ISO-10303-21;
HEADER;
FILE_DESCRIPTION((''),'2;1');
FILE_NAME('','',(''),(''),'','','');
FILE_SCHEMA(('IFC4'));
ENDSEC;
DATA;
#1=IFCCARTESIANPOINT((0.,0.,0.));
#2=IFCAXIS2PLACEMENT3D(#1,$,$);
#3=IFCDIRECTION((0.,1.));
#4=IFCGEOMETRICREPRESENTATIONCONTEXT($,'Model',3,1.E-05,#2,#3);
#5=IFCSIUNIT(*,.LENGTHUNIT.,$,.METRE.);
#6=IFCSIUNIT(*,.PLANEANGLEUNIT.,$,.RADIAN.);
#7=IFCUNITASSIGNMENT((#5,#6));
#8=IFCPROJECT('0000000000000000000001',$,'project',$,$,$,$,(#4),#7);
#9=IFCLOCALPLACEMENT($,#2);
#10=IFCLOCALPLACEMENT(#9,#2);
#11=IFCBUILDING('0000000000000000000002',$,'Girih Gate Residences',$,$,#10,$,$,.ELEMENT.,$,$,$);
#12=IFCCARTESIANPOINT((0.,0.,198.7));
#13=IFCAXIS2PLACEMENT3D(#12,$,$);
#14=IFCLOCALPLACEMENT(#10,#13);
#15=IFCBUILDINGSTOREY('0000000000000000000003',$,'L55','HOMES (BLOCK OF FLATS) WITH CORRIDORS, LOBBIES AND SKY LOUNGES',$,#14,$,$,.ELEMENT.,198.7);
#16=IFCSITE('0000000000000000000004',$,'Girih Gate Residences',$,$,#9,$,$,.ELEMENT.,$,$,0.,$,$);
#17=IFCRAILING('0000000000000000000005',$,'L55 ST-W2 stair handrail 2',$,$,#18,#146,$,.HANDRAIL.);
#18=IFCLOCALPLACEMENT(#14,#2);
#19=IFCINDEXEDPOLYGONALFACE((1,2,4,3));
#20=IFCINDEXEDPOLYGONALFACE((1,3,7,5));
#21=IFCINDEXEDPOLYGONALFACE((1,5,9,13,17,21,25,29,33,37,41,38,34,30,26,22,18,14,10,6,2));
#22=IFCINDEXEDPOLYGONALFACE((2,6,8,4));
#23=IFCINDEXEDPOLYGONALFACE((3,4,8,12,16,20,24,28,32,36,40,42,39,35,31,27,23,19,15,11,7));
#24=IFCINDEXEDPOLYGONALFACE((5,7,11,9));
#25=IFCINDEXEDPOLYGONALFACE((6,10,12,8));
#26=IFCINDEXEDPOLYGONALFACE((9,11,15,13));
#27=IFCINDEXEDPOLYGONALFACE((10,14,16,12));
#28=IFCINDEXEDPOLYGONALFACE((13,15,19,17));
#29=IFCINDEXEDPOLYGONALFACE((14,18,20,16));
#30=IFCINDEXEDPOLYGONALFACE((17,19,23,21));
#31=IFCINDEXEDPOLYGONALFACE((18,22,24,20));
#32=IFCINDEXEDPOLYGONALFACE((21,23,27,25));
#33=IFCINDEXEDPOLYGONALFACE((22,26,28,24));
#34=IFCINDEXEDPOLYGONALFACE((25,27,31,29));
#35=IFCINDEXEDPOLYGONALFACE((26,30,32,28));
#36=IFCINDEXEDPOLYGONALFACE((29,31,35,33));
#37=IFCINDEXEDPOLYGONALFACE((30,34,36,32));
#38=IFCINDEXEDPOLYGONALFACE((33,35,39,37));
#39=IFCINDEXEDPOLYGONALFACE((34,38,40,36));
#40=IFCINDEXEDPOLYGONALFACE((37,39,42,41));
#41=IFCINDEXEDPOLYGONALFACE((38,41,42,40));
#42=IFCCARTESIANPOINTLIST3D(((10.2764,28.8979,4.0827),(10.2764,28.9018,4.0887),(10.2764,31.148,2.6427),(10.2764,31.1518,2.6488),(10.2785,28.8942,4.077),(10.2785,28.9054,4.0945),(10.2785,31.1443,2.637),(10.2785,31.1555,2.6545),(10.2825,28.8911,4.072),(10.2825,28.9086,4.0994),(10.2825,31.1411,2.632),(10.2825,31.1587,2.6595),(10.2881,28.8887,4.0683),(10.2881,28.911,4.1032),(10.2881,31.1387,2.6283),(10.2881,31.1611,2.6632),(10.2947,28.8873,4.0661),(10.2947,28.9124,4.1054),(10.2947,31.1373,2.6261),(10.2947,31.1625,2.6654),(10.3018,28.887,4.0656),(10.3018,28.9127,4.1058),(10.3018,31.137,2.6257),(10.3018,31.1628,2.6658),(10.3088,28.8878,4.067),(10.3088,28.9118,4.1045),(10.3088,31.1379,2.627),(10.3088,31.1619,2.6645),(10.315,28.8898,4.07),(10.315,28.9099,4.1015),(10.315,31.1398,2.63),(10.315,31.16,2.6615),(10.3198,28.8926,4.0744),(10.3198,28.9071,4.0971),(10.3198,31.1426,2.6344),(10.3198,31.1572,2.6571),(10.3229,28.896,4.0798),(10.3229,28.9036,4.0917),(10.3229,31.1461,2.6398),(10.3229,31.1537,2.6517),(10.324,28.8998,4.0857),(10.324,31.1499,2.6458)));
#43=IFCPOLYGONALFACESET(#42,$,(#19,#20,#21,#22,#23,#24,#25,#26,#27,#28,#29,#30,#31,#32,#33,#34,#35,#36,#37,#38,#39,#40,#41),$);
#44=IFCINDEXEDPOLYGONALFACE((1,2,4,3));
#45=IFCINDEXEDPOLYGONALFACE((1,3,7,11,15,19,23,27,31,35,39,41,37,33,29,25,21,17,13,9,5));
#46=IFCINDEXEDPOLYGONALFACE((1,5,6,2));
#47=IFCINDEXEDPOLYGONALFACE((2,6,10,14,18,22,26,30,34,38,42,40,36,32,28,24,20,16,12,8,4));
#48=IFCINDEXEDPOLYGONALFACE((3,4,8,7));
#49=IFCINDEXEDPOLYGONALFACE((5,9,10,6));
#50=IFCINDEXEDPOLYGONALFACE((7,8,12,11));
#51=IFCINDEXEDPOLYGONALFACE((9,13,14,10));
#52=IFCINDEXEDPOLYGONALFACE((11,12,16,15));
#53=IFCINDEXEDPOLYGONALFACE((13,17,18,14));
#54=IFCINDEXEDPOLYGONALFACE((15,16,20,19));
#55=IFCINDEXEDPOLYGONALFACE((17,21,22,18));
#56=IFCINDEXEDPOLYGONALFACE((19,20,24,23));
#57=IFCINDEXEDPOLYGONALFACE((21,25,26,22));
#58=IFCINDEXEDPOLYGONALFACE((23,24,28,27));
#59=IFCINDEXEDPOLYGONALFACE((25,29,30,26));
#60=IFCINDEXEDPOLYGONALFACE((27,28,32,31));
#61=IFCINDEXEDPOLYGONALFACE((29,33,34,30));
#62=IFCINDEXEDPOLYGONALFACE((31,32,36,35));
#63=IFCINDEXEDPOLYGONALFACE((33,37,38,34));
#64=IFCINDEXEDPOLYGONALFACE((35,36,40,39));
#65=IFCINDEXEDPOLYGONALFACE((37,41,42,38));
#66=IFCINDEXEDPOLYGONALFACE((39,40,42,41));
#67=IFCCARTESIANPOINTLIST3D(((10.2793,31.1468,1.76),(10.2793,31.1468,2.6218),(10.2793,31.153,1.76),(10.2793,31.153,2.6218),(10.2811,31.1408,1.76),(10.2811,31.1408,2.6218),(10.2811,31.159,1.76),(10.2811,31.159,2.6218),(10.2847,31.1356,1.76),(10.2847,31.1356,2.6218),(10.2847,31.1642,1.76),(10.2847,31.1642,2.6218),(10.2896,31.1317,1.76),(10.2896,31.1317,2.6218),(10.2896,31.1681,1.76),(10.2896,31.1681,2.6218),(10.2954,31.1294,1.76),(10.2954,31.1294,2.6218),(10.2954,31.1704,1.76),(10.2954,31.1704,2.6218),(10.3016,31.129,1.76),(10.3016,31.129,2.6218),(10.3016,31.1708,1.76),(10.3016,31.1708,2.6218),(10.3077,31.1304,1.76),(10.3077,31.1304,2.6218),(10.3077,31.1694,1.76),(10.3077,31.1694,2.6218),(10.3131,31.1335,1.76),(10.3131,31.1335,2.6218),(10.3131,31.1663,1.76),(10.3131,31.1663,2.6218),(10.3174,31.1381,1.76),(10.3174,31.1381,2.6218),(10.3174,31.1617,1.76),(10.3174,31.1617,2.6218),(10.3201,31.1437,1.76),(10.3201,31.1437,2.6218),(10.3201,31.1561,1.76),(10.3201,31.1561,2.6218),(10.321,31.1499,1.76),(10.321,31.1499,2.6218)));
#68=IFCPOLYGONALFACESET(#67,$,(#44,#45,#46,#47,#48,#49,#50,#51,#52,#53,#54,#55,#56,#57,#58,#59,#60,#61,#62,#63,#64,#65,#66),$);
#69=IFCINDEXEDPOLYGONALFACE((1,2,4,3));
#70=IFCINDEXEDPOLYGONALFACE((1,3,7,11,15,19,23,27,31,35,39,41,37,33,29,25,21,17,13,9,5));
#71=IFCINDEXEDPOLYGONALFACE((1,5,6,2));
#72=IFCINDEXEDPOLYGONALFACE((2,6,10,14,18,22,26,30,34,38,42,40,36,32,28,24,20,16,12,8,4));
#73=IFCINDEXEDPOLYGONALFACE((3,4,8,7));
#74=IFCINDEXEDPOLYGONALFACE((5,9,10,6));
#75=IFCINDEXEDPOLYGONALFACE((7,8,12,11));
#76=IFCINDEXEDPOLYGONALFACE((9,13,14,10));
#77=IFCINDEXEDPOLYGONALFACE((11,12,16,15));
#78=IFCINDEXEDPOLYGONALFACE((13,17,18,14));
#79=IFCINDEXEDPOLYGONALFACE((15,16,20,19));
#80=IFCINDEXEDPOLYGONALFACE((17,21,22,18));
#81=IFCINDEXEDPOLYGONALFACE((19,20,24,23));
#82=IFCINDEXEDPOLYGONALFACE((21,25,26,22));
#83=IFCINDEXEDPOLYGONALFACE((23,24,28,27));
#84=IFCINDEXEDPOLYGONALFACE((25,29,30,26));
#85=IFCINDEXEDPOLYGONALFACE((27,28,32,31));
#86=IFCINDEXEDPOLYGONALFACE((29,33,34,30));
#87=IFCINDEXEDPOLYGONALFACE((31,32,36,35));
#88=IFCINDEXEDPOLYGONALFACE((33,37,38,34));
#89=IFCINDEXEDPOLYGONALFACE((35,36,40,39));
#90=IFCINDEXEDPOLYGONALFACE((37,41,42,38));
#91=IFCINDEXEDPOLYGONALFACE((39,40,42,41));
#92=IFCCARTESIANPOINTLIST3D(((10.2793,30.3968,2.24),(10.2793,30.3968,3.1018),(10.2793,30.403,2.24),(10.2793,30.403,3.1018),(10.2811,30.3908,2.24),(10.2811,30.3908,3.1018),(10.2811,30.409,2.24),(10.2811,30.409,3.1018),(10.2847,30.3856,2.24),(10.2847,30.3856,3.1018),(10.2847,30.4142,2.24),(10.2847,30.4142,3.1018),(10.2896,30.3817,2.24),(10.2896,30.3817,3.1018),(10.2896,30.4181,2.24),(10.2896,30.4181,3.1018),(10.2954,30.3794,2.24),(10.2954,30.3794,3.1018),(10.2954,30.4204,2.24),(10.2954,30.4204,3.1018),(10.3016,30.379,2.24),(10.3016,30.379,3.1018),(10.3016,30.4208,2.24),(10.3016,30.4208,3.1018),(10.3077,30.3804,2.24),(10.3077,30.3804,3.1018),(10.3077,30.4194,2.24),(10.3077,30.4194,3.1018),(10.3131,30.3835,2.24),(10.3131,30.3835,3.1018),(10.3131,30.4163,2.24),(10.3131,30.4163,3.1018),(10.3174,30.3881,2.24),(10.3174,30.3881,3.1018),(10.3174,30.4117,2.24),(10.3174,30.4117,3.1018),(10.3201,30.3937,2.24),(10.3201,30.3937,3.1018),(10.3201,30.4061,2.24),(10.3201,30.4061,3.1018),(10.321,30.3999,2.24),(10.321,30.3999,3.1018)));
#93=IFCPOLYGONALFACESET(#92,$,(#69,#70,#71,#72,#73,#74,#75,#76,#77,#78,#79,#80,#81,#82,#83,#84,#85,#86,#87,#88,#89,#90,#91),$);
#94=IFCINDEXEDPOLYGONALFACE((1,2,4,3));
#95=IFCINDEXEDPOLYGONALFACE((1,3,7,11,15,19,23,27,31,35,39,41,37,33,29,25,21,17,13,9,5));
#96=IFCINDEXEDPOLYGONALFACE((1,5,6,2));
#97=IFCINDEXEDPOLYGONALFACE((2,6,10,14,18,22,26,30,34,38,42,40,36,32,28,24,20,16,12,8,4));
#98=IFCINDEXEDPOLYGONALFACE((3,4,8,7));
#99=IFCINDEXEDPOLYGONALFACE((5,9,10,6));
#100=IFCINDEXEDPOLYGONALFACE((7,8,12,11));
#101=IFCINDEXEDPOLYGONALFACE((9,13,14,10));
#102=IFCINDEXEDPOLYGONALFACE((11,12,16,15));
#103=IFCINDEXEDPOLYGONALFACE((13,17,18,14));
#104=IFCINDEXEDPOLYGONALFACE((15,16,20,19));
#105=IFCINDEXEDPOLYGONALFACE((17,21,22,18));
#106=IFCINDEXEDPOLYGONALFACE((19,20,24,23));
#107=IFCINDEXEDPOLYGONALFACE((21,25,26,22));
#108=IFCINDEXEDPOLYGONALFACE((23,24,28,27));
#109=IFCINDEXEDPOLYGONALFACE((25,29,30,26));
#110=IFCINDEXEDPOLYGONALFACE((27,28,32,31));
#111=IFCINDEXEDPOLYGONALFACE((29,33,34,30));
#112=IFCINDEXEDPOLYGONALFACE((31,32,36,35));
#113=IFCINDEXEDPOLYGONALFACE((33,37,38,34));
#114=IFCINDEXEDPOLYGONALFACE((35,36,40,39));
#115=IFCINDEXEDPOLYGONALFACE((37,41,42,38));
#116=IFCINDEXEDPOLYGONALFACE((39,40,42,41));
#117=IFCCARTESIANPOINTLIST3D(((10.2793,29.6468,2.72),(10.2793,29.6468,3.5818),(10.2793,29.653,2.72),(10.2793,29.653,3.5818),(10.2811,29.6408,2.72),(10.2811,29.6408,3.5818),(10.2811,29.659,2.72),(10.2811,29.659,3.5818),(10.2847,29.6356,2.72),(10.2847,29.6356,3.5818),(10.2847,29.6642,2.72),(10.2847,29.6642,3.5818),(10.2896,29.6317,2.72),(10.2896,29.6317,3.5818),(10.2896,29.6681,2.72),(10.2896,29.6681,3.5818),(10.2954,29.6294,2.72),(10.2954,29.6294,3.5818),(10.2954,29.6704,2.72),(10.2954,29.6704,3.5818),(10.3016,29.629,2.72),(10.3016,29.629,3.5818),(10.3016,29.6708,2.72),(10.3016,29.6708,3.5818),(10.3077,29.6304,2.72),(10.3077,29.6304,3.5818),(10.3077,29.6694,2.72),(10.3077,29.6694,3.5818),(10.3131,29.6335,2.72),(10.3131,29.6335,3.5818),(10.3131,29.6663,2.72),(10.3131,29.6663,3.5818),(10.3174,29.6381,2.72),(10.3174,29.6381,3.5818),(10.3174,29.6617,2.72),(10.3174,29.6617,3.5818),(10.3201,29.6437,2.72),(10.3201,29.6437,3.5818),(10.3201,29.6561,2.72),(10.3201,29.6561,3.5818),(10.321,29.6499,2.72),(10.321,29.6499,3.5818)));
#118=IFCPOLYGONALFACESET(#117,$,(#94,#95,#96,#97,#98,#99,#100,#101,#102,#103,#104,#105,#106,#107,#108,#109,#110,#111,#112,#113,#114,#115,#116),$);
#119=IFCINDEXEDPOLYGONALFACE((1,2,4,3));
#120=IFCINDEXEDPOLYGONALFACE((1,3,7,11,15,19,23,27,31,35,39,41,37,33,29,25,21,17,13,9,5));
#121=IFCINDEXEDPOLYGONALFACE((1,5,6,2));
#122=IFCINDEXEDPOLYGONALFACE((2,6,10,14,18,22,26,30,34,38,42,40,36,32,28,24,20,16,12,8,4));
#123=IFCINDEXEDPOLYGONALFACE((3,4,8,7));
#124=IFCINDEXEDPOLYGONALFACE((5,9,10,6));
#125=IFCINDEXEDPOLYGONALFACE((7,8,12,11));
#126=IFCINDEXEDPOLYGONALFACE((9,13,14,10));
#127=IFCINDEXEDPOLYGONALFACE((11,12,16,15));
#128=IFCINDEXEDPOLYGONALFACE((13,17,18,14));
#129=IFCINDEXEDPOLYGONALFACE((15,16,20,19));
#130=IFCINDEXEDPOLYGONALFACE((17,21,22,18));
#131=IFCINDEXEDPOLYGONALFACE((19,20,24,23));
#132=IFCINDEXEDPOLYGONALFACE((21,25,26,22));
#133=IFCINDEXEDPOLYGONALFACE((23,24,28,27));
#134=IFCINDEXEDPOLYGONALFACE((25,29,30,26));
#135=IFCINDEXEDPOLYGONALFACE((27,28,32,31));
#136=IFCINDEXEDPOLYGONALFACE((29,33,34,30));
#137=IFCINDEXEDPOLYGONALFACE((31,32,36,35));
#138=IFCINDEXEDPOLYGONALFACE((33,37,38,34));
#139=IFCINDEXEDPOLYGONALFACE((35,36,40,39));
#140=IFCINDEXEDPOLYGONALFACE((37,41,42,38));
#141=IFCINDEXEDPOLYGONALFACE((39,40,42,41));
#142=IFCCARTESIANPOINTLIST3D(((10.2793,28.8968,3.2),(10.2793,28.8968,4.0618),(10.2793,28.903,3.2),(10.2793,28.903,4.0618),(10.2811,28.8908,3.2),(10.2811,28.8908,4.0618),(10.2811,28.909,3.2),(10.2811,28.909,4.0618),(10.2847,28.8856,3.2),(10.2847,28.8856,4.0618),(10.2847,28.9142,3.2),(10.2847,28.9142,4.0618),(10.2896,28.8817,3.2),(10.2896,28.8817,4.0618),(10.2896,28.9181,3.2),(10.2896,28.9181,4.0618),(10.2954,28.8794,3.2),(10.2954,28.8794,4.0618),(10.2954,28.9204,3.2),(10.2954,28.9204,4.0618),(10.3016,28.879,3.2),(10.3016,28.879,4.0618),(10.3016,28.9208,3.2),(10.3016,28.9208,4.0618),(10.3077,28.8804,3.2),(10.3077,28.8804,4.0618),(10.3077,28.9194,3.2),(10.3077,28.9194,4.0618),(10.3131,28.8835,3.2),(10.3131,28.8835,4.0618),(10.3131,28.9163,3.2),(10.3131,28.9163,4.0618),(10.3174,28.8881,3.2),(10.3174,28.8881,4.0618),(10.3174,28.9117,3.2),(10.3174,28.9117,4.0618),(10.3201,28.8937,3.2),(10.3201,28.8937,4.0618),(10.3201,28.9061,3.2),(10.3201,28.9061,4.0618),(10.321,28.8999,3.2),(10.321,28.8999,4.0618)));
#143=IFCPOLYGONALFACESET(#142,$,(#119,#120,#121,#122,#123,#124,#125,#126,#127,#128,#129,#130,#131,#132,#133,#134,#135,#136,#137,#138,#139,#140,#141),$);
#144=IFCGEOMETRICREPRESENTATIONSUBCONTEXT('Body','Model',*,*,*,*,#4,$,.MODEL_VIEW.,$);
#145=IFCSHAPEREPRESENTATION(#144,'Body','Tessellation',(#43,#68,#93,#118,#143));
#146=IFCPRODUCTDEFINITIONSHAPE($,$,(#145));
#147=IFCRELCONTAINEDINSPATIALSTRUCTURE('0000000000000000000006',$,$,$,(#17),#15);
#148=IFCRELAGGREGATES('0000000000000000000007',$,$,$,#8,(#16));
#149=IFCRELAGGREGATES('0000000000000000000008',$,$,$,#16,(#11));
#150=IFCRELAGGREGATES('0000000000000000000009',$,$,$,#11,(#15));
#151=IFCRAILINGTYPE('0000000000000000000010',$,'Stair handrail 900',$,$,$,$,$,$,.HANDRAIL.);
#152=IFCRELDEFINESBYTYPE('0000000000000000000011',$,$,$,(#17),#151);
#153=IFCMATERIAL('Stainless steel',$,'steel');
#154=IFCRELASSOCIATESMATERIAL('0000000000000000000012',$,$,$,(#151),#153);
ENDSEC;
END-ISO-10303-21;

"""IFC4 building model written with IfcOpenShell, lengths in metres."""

from ifc_helpers import new_model, si_unit, direction, frame, origin, origin_2d, place, context, subcontext, project, spatial, circle, extrude, material, type_object, element, save


model = new_model("IFC4")

# Units and contexts
model_context = context("Model", 3, precision=1e-05, world=origin(), true_north=direction((0.0, 1.0)))
body_context = subcontext(model_context, "Body", "Model", "MODEL_VIEW")
ifc_project = project(units=[si_unit("LENGTHUNIT", "METRE"), si_unit("PLANEANGLEUNIT", "RADIAN")], contexts=[model_context])

# Site, building, storey
site_placement = place(None, origin())
site = spatial("IfcSite", under=ifc_project, at=site_placement, Name="Girih Gate Residences", CompositionType="ELEMENT", RefElevation=0.0)
building_placement = place(site_placement, origin())
building = spatial("IfcBuilding", under=site, at=building_placement, Name="Girih Gate Residences", CompositionType="ELEMENT")
storey_placement = place(building_placement, frame((0.0, 0.0, 198.7)))
storey = spatial("IfcBuildingStorey", under=building, at=storey_placement, Name="L55", Description="HOMES (BLOCK OF FLATS) WITH CORRIDORS, LOBBIES AND SKY LOUNGES", CompositionType="ELEMENT", Elevation=198.7)

# Railing
ifc_material_1 = material(Name="Stainless steel", Category="steel")
railing_type_1 = type_object("IfcRailingType", Name="Stair handrail 900", PredefinedType="HANDRAIL", material=ifc_material_1)
railing_1_placement = place(storey_placement, frame((10.3, 31.1499, 1.76)))
element("IfcRailing", 1, at=railing_1_placement, inside=storey, type_object=railing_type_1, Name="L55 ST-W2 stair handrail 2", PredefinedType="HANDRAIL", context=body_context, shape_type="SweptSolid", body=[
    extrude(circle(Radius=0.0239, at=origin_2d()), frame((0.0, 0.0, 0.8857), z_axis=(0.0, -0.842281, 0.539038), x_axis=(1.0, 0.0, 0.0)), (0.0, 0.0, 1.0), 2.6714),
    extrude(circle(Radius=0.021, at=origin_2d()), origin(), (0.0, 0.0, 1.0), 0.8618),
    extrude(circle(Radius=0.021, at=origin_2d()), frame((0.0, -0.75, 0.48)), (0.0, 0.0, 1.0), 0.8618),
    extrude(circle(Radius=0.021, at=origin_2d()), frame((0.0, -1.5, 0.96)), (0.0, 0.0, 1.0), 0.8618),
    extrude(circle(Radius=0.021, at=origin_2d()), frame((0.0, -2.25, 1.4399)), (0.0, 0.0, 1.0), 0.8618),
])

save(model, "model.ifc")
